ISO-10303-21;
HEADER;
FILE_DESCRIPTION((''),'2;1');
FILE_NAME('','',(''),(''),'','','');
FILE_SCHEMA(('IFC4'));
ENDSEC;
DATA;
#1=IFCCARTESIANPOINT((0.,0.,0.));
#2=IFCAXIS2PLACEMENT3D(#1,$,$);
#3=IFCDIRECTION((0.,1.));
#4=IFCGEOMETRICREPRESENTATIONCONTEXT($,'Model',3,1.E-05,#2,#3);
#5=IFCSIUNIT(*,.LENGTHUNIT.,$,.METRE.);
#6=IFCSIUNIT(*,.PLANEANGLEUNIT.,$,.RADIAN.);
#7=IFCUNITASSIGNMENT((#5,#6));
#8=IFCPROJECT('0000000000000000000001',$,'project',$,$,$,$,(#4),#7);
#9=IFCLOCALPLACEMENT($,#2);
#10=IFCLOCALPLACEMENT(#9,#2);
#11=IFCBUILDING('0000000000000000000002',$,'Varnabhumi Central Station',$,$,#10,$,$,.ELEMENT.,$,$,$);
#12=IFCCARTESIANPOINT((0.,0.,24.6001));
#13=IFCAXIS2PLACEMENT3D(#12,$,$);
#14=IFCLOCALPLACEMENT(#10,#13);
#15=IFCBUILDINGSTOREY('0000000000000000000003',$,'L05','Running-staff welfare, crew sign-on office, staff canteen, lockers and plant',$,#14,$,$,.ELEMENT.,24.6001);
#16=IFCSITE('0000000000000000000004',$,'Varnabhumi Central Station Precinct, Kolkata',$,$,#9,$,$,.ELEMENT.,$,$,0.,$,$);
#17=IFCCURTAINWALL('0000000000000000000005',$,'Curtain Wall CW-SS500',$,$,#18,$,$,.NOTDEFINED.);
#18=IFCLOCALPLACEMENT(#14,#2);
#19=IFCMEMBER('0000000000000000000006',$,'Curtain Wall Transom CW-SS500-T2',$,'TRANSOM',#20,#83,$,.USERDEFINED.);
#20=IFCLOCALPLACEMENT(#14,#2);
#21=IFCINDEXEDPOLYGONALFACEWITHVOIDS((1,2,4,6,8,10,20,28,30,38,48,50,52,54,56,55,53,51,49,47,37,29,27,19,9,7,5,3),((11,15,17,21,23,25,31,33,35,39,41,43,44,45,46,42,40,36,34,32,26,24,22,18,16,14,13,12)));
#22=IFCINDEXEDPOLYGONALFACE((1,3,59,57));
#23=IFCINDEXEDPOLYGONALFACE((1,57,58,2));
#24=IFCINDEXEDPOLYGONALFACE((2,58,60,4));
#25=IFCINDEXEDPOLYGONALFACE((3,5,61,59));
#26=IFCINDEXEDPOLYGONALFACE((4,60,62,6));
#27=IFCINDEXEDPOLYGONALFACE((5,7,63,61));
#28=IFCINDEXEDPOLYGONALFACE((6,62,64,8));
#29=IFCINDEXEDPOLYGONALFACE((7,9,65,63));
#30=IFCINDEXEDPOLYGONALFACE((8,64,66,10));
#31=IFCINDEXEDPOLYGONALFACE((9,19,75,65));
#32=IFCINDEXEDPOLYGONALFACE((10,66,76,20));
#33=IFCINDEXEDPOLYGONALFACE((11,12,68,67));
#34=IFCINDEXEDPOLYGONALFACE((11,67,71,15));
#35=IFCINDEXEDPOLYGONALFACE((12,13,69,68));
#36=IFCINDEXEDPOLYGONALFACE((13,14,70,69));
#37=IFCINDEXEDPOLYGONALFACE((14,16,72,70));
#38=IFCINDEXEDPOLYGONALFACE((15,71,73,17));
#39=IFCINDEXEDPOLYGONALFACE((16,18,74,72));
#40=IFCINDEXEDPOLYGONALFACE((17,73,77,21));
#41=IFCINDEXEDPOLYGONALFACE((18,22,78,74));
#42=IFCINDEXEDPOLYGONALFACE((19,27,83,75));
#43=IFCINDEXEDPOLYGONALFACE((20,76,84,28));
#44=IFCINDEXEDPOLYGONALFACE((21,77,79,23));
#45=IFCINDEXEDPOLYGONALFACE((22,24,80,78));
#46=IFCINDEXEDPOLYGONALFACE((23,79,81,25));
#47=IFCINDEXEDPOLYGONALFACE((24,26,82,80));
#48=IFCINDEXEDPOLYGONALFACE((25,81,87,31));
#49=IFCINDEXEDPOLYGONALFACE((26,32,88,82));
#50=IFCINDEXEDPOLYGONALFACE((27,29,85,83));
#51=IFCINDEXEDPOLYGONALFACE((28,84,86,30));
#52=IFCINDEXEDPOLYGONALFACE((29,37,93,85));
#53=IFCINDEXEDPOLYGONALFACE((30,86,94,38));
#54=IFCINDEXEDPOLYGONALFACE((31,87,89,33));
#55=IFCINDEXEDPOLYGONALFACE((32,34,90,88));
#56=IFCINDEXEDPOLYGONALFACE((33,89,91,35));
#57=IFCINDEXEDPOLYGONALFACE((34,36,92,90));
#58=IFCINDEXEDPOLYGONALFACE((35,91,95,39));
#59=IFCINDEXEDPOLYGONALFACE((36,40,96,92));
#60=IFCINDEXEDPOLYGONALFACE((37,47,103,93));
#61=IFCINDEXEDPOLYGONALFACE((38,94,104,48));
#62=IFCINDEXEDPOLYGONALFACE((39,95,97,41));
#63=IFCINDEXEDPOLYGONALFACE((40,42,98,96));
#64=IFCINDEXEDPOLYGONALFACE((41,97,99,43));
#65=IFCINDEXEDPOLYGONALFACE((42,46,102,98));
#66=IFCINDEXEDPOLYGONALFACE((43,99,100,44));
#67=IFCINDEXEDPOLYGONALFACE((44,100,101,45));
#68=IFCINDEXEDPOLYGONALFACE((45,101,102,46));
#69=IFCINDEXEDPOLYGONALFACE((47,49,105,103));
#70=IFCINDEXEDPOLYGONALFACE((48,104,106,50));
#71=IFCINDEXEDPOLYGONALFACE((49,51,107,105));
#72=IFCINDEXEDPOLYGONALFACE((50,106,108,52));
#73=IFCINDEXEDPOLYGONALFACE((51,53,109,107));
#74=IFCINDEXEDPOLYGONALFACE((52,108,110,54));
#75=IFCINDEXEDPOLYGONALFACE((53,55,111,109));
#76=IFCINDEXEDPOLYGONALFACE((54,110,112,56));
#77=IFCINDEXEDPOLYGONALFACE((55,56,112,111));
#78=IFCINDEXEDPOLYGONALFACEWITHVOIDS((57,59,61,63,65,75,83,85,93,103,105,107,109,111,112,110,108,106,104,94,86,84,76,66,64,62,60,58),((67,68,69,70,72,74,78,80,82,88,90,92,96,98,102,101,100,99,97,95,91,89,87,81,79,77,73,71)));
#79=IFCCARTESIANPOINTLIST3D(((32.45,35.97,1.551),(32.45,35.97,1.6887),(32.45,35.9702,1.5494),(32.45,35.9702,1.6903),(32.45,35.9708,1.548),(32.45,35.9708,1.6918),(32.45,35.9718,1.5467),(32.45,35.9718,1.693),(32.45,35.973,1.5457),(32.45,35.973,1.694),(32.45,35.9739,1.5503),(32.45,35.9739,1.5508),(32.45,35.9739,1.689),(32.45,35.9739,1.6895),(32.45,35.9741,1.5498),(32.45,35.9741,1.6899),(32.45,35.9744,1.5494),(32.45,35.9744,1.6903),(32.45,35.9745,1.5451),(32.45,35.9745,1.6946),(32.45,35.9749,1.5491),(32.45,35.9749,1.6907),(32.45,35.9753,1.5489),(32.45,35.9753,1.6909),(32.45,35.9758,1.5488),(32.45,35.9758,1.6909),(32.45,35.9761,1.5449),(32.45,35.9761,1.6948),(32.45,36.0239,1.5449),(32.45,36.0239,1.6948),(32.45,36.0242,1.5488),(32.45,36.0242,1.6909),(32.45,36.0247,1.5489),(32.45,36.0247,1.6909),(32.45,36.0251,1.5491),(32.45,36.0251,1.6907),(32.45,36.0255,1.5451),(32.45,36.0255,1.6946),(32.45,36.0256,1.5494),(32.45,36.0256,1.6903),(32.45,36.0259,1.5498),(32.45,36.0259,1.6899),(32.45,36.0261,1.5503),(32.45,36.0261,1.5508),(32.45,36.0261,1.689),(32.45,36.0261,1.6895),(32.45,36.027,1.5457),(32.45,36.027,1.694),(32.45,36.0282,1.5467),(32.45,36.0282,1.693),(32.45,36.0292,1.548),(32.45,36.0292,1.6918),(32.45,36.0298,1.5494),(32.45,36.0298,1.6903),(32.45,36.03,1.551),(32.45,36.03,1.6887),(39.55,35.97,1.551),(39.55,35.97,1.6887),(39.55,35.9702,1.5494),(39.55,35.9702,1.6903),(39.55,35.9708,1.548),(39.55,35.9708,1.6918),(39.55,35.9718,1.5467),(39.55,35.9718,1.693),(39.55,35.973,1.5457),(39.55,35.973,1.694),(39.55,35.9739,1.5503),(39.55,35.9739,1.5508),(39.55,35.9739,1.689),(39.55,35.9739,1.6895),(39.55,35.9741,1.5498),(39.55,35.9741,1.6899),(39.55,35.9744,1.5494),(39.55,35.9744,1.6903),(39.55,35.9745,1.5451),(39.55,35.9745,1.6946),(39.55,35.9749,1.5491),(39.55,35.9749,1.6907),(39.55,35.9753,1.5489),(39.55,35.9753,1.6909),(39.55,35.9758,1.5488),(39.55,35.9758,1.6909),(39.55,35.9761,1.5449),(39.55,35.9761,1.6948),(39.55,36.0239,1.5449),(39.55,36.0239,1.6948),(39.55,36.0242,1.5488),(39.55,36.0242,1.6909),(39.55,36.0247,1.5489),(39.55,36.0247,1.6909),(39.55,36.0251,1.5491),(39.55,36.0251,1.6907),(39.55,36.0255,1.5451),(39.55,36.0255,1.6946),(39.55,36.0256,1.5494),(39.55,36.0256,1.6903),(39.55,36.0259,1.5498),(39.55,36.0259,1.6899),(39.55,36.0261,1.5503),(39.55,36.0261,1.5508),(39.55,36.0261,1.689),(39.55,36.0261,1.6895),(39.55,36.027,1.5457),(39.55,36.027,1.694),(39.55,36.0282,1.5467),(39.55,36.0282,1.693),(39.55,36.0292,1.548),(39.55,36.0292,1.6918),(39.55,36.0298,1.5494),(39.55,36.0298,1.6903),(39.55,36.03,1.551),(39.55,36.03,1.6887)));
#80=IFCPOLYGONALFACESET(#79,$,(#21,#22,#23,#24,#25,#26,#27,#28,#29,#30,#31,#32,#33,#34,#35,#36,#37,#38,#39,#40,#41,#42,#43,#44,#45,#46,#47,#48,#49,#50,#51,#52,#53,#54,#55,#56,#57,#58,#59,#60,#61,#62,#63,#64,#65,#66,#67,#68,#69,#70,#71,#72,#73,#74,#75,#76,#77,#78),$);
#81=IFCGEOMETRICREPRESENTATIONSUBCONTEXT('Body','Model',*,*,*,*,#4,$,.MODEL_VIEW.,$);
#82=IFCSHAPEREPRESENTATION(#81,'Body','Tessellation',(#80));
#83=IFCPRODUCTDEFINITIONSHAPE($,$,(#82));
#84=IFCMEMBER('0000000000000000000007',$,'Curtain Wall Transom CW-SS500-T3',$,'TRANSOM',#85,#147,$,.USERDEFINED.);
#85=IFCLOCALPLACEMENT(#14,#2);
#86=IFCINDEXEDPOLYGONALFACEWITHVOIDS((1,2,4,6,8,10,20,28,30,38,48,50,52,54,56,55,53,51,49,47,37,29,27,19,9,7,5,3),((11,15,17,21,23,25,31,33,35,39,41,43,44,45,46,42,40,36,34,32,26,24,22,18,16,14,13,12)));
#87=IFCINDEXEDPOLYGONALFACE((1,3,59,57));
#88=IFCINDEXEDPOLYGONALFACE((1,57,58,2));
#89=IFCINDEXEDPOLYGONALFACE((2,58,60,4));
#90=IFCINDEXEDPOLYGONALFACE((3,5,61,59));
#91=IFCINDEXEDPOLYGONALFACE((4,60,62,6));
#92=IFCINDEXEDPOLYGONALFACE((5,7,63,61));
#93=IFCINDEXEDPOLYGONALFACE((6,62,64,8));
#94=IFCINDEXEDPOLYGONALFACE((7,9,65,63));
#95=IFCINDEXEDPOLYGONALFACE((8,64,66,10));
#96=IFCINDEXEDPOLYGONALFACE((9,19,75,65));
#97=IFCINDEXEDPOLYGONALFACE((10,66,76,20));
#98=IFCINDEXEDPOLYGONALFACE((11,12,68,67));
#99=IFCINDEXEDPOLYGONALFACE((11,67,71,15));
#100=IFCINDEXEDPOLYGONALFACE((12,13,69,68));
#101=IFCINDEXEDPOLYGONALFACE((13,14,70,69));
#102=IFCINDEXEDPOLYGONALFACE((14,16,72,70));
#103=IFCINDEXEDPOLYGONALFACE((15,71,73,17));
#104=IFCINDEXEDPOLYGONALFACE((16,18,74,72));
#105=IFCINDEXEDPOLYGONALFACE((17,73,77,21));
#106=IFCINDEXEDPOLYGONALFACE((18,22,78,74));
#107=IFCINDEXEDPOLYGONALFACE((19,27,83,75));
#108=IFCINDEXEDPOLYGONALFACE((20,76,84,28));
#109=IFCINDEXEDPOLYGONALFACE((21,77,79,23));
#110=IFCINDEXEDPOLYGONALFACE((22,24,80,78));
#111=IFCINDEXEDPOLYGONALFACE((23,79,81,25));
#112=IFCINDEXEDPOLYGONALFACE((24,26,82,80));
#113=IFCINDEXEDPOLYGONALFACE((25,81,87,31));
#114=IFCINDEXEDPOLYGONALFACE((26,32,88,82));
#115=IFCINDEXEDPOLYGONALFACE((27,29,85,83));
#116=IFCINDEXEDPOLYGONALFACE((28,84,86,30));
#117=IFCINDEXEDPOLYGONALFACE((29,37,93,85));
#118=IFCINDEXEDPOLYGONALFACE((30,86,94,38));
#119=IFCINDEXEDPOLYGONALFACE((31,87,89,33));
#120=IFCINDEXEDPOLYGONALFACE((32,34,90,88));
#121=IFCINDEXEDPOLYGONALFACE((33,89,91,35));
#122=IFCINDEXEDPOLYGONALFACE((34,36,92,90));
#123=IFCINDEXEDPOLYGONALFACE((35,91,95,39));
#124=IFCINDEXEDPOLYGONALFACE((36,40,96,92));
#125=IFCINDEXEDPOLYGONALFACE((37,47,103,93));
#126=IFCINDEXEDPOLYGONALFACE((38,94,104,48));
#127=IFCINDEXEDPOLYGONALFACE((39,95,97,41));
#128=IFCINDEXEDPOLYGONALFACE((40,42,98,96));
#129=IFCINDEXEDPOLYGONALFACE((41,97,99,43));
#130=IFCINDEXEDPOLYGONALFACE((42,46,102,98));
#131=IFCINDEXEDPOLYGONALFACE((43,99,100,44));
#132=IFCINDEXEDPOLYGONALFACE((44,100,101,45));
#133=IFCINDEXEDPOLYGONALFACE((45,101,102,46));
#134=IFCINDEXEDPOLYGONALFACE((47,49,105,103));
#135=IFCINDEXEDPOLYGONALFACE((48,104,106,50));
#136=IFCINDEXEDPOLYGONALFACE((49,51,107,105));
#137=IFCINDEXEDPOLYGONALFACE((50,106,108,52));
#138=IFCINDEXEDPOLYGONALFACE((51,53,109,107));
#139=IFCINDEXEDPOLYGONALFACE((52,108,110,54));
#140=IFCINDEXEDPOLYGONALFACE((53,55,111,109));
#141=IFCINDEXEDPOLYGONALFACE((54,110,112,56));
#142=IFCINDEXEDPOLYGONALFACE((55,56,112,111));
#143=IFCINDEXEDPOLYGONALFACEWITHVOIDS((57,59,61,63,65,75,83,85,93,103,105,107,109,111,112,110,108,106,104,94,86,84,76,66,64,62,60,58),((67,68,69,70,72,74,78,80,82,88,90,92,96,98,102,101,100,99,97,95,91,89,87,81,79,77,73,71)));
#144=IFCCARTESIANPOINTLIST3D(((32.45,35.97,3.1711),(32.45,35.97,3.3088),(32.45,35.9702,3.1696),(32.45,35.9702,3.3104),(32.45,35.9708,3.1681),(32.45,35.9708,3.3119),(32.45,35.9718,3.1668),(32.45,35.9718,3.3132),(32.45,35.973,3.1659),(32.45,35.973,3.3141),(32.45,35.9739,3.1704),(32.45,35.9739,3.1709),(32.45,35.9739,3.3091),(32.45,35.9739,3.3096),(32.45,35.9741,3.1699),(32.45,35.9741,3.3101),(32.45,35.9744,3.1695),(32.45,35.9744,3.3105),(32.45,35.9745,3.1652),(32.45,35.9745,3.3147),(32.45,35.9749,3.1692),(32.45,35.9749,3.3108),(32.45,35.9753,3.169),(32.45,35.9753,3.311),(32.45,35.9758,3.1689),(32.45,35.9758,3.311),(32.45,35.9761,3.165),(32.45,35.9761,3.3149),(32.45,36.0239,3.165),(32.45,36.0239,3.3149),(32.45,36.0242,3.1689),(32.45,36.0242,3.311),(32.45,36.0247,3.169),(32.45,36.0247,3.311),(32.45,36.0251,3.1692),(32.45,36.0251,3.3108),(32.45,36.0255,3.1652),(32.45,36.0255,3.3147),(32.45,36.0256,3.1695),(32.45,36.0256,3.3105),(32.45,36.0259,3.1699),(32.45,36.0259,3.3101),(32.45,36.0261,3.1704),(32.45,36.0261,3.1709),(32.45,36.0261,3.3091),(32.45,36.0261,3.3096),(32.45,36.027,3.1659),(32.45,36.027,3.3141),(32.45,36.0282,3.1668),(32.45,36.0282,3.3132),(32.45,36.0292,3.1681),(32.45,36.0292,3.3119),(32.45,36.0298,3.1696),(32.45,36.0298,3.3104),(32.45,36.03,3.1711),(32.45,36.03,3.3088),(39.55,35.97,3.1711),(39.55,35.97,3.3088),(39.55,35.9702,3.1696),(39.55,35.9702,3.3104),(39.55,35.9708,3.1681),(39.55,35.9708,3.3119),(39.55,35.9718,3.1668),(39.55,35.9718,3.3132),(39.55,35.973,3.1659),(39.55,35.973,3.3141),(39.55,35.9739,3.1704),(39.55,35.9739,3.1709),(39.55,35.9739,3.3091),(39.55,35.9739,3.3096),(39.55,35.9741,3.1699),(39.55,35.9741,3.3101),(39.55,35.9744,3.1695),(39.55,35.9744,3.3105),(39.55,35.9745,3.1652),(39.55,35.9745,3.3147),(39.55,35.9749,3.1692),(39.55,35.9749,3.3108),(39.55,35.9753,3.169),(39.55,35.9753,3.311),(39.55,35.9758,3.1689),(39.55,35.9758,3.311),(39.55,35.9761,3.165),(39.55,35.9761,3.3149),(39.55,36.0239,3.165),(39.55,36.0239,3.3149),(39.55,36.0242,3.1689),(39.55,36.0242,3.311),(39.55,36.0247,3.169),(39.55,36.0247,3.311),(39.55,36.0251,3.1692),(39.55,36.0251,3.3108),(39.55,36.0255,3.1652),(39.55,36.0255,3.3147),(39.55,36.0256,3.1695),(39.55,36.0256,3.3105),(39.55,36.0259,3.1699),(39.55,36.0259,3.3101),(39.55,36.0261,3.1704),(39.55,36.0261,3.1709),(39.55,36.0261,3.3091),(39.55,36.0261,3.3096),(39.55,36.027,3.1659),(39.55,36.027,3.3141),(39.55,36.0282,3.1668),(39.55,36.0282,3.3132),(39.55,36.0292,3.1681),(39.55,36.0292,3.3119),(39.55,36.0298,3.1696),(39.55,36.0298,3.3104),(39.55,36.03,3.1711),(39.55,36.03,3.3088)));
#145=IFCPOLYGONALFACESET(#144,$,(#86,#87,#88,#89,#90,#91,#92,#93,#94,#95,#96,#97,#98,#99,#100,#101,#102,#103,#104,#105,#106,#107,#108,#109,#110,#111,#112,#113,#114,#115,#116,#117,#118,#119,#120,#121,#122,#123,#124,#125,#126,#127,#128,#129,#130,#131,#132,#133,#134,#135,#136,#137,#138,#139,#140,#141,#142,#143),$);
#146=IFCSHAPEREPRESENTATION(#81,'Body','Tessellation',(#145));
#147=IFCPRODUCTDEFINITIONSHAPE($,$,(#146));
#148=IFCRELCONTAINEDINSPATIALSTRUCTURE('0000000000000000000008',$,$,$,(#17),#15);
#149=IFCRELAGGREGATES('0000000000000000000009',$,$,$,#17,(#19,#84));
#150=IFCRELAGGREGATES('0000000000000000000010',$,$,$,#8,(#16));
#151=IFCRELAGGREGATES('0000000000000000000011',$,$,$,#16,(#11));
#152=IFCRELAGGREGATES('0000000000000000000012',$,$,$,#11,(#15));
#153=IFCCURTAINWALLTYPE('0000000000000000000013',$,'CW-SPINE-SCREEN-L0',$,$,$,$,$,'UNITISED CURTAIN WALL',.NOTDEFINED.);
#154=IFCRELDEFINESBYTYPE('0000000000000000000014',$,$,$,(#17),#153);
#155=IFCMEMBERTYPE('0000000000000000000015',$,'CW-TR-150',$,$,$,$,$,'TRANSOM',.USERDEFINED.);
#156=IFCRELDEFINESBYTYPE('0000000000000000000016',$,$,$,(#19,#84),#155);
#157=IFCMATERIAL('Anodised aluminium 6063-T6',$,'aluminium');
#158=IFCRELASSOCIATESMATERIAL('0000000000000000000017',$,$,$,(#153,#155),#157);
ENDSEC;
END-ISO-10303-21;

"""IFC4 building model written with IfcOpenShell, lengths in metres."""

from ifc_helpers import new_model, si_unit, direction, frame, origin, origin_2d, place, context, subcontext, project, spatial, hollow_rectangle, extrude, material, material_profile, profile_set, type_object, element, aggregate, save


model = new_model("IFC4")

# Units and contexts
model_context = context("Model", 3, precision=1e-05, world=origin(), true_north=direction((0.0, 1.0)))
body_context = subcontext(model_context, "Body", "Model", "MODEL_VIEW")
ifc_project = project(units=[si_unit("LENGTHUNIT", "METRE"), si_unit("PLANEANGLEUNIT", "RADIAN")], contexts=[model_context])

# Site, building, storey
site_placement = place(None, origin())
site = spatial("IfcSite", under=ifc_project, at=site_placement, Name="Varnabhumi Central Station Precinct, Kolkata", CompositionType="ELEMENT", RefElevation=0.0)
building_placement = place(site_placement, origin())
building = spatial("IfcBuilding", under=site, at=building_placement, Name="Varnabhumi Central Station", CompositionType="ELEMENT")
storey_placement = place(building_placement, frame((0.0, 0.0, 24.6001)))
storey = spatial("IfcBuildingStorey", under=building, at=storey_placement, Name="L05", Description="Running-staff welfare, crew sign-on office, staff canteen, lockers and plant", CompositionType="ELEMENT", Elevation=24.6001)

# Curtain wall, members
ifc_material_1 = material(Name="Anodised aluminium 6063-T6", Category="aluminium")
curtain_wall_type = type_object("IfcCurtainWallType", Name="CW-SPINE-SCREEN-L0", ElementType="UNITISED CURTAIN WALL", PredefinedType="NOTDEFINED", material=ifc_material_1)
curtain_wall_placement = place(storey_placement, origin())
curtain_wall = element("IfcCurtainWall", 1, at=curtain_wall_placement, inside=storey, type_object=curtain_wall_type, Name="Curtain Wall CW-SS500", PredefinedType="NOTDEFINED")
ifc_material_profile_1 = material_profile(ifc_material_1, hollow_rectangle(XDim=0.0601, YDim=0.1499, WallThickness=0.0039, InnerFilletRadius=0.002, OuterFilletRadius=0.0061, at=origin_2d()), Name="Anodised aluminium 6063-T6", Category="aluminium")
ifc_profile_set_1 = profile_set([ifc_material_profile_1], Name="Anodised aluminium 6063-T6")
member_type_1 = type_object("IfcMemberType", Name="CW-TR-150", ElementType="TRANSOM", PredefinedType="USERDEFINED", material=ifc_profile_set_1)
member_1_placement = place(storey_placement, frame((32.45, 36.0, 1.6199), z_axis=(1.0, 0.0, 0.0), x_axis=(0.0, 1.0, 0.0)))
member_1 = element("IfcMember", 2, at=member_1_placement, type_object=member_type_1, Name="Curtain Wall Transom CW-SS500-T2", ObjectType="TRANSOM", PredefinedType="USERDEFINED", context=body_context, shape_type="SweptSolid", body=[
    extrude(hollow_rectangle(XDim=0.0601, YDim=0.1499, WallThickness=0.0039, InnerFilletRadius=0.002, OuterFilletRadius=0.0061, at=origin_2d()), origin(), (0.0, 0.0, 1.0), 7.1001),
])
member_2_placement = place(storey_placement, frame((32.45, 36.0, 3.24), z_axis=(1.0, 0.0, 0.0), x_axis=(0.0, 1.0, 0.0)))
member_2 = element("IfcMember", 3, at=member_2_placement, type_object=member_type_1, Name="Curtain Wall Transom CW-SS500-T3", ObjectType="TRANSOM", PredefinedType="USERDEFINED", context=body_context, shape_type="SweptSolid", body=[
    extrude(hollow_rectangle(XDim=0.0601, YDim=0.1499, WallThickness=0.0039, InnerFilletRadius=0.002, OuterFilletRadius=0.0061, at=origin_2d()), origin(), (0.0, 0.0, 1.0), 7.1001),
])

aggregate(curtain_wall, [member_1, member_2])

save(model, "model.ifc")
